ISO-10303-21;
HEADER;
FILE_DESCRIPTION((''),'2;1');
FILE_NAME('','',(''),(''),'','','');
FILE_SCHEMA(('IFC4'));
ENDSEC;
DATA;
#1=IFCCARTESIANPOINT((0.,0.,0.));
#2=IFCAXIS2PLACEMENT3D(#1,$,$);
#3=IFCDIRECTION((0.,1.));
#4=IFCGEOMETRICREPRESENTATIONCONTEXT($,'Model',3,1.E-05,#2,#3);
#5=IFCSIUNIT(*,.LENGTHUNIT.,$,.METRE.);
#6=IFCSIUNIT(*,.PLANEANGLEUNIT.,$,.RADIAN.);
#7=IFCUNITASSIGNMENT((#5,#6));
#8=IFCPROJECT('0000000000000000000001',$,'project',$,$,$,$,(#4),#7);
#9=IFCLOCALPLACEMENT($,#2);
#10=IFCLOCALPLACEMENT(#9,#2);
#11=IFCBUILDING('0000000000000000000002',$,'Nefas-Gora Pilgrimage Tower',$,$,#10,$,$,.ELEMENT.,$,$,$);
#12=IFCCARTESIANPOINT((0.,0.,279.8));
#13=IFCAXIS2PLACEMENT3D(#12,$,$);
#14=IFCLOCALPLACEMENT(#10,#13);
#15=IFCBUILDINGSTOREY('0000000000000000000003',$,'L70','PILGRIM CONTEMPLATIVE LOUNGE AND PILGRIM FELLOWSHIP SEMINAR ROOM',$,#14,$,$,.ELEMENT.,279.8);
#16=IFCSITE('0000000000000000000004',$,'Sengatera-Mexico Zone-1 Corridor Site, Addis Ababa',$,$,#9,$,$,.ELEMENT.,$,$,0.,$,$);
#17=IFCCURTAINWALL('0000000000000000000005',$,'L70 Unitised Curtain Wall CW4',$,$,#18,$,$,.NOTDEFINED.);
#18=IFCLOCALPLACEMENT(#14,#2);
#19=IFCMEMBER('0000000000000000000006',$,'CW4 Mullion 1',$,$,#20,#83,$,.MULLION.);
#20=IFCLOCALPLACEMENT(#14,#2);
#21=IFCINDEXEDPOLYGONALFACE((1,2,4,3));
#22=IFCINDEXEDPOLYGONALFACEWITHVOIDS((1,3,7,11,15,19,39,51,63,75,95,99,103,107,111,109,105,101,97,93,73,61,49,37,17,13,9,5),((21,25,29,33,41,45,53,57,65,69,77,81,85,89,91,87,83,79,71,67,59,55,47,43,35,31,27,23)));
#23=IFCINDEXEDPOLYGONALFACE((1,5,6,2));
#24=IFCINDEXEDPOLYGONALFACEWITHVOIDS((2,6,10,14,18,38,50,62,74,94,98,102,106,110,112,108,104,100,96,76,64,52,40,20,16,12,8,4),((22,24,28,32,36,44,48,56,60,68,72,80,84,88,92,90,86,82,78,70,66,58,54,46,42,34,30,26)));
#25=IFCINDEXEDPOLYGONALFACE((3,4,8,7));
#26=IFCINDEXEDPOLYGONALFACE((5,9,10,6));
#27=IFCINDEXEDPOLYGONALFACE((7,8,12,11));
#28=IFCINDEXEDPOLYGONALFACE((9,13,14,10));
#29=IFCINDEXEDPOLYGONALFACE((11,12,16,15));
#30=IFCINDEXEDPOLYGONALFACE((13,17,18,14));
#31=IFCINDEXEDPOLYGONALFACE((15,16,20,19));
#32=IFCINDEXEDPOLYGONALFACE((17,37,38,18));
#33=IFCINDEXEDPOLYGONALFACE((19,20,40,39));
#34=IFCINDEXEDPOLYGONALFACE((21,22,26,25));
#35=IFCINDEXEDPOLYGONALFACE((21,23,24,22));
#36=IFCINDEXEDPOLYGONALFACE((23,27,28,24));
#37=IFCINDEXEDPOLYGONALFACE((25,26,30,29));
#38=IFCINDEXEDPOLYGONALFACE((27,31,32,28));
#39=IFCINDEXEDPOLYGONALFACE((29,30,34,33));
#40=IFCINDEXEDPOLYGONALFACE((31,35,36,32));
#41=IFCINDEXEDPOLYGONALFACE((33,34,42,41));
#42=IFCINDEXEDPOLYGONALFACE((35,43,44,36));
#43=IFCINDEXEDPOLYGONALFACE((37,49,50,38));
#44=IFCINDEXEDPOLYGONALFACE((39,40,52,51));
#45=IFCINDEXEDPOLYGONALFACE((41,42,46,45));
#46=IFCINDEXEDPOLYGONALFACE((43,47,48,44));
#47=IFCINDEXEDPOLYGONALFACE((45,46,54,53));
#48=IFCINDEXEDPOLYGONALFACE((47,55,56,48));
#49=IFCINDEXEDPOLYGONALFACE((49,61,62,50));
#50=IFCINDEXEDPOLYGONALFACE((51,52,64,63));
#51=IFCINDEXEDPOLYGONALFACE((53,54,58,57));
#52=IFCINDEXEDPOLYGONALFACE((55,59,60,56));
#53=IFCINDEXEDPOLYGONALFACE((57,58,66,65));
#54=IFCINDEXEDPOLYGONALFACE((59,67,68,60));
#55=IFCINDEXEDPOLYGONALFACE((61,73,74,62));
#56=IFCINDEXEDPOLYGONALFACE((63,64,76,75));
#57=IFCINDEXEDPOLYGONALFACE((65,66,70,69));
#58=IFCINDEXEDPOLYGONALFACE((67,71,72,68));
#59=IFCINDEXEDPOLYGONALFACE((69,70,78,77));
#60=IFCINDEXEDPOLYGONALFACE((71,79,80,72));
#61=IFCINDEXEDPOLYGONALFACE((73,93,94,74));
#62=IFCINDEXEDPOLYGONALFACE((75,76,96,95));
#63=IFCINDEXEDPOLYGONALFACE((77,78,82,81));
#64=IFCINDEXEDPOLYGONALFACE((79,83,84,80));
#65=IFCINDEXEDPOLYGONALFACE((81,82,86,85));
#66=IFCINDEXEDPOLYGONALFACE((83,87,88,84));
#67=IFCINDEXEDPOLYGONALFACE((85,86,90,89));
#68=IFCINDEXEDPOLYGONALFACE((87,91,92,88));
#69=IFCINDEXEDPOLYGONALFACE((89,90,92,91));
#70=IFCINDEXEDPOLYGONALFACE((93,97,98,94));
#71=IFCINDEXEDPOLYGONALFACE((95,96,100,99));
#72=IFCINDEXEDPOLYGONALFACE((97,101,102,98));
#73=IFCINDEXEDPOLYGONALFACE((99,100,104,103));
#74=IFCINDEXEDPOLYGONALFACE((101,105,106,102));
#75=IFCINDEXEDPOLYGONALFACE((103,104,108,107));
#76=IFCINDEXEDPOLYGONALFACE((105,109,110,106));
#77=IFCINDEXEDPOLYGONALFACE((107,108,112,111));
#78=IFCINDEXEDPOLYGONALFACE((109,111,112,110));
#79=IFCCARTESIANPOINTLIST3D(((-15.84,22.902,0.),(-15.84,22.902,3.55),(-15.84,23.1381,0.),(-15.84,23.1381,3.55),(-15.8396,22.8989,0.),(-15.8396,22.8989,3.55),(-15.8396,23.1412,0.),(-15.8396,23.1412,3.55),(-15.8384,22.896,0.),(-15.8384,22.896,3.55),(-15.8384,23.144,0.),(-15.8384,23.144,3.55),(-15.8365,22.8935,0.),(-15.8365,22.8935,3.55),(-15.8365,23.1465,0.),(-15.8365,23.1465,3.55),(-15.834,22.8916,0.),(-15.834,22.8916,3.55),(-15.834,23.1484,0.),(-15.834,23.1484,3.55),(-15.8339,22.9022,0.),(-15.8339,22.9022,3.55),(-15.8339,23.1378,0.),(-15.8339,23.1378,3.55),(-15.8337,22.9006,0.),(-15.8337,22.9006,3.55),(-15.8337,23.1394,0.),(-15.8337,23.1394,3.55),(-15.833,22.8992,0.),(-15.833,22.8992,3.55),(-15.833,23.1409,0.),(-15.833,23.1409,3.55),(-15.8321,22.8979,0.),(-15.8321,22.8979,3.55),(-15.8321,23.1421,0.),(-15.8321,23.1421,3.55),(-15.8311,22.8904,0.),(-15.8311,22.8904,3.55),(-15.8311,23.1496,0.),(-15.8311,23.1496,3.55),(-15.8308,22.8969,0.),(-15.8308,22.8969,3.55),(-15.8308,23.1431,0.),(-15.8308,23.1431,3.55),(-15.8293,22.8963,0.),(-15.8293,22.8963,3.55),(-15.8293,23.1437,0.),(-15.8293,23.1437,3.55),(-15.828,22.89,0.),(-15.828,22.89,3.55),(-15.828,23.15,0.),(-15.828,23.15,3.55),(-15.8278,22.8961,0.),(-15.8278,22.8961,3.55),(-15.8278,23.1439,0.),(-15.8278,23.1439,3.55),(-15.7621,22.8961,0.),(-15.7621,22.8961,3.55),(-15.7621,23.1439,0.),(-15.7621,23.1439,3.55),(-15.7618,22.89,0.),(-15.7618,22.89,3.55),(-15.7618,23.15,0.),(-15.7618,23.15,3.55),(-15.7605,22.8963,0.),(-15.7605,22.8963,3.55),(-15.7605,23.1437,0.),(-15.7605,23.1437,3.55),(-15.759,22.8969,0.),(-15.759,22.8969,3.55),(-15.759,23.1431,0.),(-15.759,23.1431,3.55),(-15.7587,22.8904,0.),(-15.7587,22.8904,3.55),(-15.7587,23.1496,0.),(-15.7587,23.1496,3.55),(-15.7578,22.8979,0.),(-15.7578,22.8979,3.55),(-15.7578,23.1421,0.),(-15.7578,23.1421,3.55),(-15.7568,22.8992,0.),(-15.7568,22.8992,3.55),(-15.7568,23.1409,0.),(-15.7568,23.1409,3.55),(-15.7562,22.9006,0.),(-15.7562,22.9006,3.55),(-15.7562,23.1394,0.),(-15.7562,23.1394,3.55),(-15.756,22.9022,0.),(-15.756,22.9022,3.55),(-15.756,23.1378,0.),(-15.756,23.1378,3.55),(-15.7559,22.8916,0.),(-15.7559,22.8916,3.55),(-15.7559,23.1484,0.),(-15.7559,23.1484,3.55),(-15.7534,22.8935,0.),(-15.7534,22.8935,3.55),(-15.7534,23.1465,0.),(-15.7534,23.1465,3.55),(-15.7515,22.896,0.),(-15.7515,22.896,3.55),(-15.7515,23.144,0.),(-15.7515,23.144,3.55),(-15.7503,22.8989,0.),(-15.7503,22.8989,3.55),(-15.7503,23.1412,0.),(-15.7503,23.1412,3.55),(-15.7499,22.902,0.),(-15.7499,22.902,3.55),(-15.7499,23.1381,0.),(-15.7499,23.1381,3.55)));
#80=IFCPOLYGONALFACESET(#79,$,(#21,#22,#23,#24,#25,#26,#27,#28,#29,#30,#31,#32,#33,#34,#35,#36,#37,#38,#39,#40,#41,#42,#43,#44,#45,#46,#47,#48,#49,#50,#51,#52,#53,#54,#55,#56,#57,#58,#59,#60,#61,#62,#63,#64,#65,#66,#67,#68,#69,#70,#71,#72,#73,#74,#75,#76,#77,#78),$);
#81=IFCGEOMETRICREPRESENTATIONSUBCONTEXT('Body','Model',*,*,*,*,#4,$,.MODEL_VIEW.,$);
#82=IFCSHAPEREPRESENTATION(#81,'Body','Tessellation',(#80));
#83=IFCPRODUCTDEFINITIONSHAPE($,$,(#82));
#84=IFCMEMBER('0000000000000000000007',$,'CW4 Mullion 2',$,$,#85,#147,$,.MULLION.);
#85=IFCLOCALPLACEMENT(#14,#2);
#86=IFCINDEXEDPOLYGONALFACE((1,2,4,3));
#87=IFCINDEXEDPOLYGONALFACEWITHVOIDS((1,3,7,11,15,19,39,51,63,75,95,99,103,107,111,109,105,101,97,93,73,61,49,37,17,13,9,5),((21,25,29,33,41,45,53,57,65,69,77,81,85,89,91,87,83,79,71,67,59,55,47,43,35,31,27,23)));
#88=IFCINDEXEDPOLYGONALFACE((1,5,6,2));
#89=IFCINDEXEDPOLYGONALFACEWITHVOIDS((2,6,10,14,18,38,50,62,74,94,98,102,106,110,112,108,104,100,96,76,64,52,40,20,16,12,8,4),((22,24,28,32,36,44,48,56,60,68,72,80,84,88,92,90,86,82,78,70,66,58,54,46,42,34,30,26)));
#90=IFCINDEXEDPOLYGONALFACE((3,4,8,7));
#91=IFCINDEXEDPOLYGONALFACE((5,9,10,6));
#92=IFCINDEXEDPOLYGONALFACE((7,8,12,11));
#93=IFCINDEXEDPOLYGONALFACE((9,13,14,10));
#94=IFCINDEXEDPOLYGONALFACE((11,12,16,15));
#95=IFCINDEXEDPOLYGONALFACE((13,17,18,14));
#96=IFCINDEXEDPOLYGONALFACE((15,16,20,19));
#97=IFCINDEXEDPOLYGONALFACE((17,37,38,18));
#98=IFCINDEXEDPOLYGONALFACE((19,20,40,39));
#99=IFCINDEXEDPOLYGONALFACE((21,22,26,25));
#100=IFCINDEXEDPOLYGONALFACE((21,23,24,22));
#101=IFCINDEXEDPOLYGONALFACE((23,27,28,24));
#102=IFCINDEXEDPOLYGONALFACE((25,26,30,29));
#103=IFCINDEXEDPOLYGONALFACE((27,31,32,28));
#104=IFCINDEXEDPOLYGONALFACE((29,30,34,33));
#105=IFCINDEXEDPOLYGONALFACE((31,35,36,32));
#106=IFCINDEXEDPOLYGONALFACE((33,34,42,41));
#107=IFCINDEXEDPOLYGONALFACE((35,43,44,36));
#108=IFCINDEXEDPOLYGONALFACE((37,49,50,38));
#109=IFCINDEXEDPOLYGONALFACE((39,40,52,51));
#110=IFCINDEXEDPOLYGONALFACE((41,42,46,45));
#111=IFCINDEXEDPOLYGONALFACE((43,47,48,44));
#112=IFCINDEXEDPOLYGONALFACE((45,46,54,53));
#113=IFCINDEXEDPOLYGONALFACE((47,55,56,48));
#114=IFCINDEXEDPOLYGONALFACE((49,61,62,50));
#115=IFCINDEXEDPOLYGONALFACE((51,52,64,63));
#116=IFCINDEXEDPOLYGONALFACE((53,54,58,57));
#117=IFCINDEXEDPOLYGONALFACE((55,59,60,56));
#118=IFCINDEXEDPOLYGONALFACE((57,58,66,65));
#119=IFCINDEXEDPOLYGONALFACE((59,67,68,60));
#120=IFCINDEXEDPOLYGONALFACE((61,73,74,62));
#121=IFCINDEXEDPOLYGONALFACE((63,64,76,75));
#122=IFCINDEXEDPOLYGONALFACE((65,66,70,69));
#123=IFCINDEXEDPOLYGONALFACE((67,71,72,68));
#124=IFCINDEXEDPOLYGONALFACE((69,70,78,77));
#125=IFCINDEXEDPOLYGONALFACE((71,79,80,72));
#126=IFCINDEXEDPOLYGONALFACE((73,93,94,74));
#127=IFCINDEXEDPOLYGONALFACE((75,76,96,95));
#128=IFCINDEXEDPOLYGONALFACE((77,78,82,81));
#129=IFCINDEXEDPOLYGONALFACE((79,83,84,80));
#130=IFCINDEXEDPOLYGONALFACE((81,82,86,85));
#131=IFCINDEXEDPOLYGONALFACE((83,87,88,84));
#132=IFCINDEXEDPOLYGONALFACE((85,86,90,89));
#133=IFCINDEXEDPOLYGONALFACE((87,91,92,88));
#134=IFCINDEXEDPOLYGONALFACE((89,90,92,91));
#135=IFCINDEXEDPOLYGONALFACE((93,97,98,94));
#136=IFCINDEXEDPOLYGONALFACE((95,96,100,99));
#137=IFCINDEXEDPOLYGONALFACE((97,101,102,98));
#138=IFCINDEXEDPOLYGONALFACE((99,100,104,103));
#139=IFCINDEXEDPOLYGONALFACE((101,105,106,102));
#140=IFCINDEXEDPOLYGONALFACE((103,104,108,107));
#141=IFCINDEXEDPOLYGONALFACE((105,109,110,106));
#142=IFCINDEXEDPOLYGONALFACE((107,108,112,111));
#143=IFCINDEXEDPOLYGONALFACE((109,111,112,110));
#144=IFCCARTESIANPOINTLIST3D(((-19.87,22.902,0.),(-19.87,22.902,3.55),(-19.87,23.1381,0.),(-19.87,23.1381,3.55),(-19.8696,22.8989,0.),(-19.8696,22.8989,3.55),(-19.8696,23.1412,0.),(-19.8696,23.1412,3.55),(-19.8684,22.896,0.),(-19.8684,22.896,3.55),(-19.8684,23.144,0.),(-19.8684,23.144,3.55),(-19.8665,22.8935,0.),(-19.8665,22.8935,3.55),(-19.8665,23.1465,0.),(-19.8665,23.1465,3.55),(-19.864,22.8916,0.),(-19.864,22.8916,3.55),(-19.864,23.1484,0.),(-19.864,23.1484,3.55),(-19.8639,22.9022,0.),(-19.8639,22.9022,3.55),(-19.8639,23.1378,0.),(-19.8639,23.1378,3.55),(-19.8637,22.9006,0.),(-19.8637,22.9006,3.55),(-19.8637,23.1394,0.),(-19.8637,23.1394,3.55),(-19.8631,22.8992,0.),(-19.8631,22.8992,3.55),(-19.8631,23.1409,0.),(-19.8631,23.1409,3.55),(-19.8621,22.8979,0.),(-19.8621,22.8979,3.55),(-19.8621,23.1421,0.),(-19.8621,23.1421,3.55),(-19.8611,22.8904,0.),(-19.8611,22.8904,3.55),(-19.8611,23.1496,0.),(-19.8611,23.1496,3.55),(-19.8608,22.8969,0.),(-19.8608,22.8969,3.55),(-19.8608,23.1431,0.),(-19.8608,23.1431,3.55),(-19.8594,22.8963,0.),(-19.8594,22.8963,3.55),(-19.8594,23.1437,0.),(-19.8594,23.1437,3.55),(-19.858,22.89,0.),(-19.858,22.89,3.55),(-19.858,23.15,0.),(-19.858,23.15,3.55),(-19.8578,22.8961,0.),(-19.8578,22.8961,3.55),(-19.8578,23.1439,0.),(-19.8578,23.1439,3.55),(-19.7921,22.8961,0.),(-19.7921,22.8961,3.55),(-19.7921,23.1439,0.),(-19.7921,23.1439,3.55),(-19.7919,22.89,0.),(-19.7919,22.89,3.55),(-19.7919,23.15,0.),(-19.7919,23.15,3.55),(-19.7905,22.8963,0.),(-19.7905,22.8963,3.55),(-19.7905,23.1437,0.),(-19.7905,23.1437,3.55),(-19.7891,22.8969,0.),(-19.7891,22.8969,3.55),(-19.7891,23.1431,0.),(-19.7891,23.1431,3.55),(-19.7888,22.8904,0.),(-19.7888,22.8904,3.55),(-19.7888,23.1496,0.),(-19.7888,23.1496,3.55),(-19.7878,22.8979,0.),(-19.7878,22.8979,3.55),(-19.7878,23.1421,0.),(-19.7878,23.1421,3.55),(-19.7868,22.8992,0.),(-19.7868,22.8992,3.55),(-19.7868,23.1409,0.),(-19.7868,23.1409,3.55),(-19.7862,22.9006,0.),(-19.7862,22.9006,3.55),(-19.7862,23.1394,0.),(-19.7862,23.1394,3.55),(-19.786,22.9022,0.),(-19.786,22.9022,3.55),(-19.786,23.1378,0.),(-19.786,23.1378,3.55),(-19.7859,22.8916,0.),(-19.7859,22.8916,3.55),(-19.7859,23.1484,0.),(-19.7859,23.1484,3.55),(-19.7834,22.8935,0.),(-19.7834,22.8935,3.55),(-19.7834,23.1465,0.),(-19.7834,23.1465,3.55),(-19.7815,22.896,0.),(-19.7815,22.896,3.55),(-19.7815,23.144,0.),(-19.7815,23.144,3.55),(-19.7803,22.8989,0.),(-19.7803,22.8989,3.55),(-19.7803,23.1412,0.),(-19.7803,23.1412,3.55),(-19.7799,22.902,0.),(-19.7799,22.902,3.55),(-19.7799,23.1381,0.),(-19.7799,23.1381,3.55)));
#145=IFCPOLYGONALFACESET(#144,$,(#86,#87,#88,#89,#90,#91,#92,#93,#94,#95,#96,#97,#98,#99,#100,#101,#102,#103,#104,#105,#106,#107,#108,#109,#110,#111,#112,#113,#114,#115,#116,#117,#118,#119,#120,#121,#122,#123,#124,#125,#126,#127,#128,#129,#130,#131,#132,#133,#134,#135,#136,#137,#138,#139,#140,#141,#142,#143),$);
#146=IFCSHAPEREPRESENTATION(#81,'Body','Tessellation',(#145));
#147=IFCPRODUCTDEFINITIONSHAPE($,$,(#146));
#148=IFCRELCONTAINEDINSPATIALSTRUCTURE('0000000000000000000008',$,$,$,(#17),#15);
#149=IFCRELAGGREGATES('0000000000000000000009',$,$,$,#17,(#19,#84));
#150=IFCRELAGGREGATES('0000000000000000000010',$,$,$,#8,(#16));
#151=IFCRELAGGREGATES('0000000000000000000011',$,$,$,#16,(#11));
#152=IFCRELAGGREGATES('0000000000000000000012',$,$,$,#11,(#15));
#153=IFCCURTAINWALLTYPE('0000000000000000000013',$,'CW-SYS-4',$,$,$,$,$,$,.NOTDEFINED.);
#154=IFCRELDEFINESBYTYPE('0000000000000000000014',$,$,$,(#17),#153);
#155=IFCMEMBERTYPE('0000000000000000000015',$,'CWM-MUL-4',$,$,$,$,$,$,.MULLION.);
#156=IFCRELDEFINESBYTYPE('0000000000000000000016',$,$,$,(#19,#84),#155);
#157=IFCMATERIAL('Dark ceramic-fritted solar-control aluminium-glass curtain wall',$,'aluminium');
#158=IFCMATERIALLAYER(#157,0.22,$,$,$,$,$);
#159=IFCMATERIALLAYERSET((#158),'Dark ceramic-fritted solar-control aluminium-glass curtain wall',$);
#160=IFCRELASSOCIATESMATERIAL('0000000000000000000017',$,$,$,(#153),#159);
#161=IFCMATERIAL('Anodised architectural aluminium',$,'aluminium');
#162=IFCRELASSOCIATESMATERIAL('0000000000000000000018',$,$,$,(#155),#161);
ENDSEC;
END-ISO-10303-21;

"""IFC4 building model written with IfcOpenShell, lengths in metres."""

from ifc_helpers import new_model, si_unit, direction, frame, origin, origin_2d, place, context, subcontext, project, spatial, hollow_rectangle, extrude, source, transform, mapped, material, layer, layer_set, material_profile, profile_set, type_object, element, aggregate, save


model = new_model("IFC4")

# Units and contexts
model_context = context("Model", 3, precision=1e-05, world=origin(), true_north=direction((0.0, 1.0)))
body_context = subcontext(model_context, "Body", "Model", "MODEL_VIEW")
ifc_project = project(units=[si_unit("LENGTHUNIT", "METRE"), si_unit("PLANEANGLEUNIT", "RADIAN")], contexts=[model_context])

# Site, building, storey
site_placement = place(None, origin())
site = spatial("IfcSite", under=ifc_project, at=site_placement, Name="Sengatera-Mexico Zone-1 Corridor Site, Addis Ababa", CompositionType="ELEMENT", RefElevation=0.0)
building_placement = place(site_placement, origin())
building = spatial("IfcBuilding", under=site, at=building_placement, Name="Nefas-Gora Pilgrimage Tower", CompositionType="ELEMENT")
storey_placement = place(building_placement, frame((0.0, 0.0, 279.8)))
storey = spatial("IfcBuildingStorey", under=building, at=storey_placement, Name="L70", Description="PILGRIM CONTEMPLATIVE LOUNGE AND PILGRIM FELLOWSHIP SEMINAR ROOM", CompositionType="ELEMENT", Elevation=279.8)

# Shared definitions
ifc_material_1 = material(Name="Dark ceramic-fritted solar-control aluminium-glass curtain wall", Category="aluminium")
ifc_material_2 = material(Name="Anodised architectural aluminium", Category="aluminium")

# Curtain wall, members
ifc_layer_1 = layer(ifc_material_1, 0.22)
ifc_layer_set_1 = layer_set([ifc_layer_1], Name="Dark ceramic-fritted solar-control aluminium-glass curtain wall")
curtain_wall_type_1 = type_object("IfcCurtainWallType", Name="CW-SYS-4", PredefinedType="NOTDEFINED", material=ifc_layer_set_1)
curtain_wall_1_placement = place(storey_placement, origin())
curtain_wall_1 = element("IfcCurtainWall", 1, at=curtain_wall_1_placement, inside=storey, type_object=curtain_wall_type_1, Name="L70 Unitised Curtain Wall CW4", PredefinedType="NOTDEFINED")
ifc_material_profile_1 = material_profile(ifc_material_2, hollow_rectangle(XDim=0.0901, YDim=0.26, WallThickness=0.0061, InnerFilletRadius=0.0061, OuterFilletRadius=0.012, at=origin_2d()), Name="ALU MULLION 90x260")
ifc_profile_set_1 = profile_set([ifc_material_profile_1], Name="Anodised architectural aluminium")
member_type_1 = type_object("IfcMemberType", Name="CWM-MUL-4", PredefinedType="MULLION", material=ifc_profile_set_1)
shared_shape_1 = source(origin(), body_context, "Body", "SweptSolid", [
    extrude(hollow_rectangle(XDim=0.0901, YDim=0.26, WallThickness=0.0061, InnerFilletRadius=0.0061, OuterFilletRadius=0.012, at=origin_2d()), origin(), (0.0, 0.0, 1.0), 3.55),
])
member_1_placement = place(storey_placement, frame((-15.7949, 23.02, 0.0), z_axis=(0.0, 0.0, 1.0), x_axis=(-1.0, 0.0, 0.0)))
member_1 = element("IfcMember", 2, at=member_1_placement, type_object=member_type_1, Name="CW4 Mullion 1", PredefinedType="MULLION", context=body_context, shape_type="MappedRepresentation", body=[
    mapped(shared_shape_1, transform((0.0, 0.0, 0.0), x_axis=(1.0, 0.0, 0.0), y_axis=(0.0, 1.0, 0.0), z_axis=(0.0, 0.0, 1.0), scale=1.0)),
])
member_2_placement = place(storey_placement, frame((-19.825, 23.02, 0.0), z_axis=(0.0, 0.0, 1.0), x_axis=(-1.0, 0.0, 0.0)))
member_2 = element("IfcMember", 3, at=member_2_placement, type_object=member_type_1, Name="CW4 Mullion 2", PredefinedType="MULLION", context=body_context, shape_type="MappedRepresentation", body=[
    mapped(shared_shape_1, transform((0.0, 0.0, 0.0), x_axis=(1.0, 0.0, 0.0), y_axis=(0.0, 1.0, 0.0), z_axis=(0.0, 0.0, 1.0), scale=1.0)),
])

aggregate(curtain_wall_1, [member_1, member_2])

save(model, "model.ifc")
